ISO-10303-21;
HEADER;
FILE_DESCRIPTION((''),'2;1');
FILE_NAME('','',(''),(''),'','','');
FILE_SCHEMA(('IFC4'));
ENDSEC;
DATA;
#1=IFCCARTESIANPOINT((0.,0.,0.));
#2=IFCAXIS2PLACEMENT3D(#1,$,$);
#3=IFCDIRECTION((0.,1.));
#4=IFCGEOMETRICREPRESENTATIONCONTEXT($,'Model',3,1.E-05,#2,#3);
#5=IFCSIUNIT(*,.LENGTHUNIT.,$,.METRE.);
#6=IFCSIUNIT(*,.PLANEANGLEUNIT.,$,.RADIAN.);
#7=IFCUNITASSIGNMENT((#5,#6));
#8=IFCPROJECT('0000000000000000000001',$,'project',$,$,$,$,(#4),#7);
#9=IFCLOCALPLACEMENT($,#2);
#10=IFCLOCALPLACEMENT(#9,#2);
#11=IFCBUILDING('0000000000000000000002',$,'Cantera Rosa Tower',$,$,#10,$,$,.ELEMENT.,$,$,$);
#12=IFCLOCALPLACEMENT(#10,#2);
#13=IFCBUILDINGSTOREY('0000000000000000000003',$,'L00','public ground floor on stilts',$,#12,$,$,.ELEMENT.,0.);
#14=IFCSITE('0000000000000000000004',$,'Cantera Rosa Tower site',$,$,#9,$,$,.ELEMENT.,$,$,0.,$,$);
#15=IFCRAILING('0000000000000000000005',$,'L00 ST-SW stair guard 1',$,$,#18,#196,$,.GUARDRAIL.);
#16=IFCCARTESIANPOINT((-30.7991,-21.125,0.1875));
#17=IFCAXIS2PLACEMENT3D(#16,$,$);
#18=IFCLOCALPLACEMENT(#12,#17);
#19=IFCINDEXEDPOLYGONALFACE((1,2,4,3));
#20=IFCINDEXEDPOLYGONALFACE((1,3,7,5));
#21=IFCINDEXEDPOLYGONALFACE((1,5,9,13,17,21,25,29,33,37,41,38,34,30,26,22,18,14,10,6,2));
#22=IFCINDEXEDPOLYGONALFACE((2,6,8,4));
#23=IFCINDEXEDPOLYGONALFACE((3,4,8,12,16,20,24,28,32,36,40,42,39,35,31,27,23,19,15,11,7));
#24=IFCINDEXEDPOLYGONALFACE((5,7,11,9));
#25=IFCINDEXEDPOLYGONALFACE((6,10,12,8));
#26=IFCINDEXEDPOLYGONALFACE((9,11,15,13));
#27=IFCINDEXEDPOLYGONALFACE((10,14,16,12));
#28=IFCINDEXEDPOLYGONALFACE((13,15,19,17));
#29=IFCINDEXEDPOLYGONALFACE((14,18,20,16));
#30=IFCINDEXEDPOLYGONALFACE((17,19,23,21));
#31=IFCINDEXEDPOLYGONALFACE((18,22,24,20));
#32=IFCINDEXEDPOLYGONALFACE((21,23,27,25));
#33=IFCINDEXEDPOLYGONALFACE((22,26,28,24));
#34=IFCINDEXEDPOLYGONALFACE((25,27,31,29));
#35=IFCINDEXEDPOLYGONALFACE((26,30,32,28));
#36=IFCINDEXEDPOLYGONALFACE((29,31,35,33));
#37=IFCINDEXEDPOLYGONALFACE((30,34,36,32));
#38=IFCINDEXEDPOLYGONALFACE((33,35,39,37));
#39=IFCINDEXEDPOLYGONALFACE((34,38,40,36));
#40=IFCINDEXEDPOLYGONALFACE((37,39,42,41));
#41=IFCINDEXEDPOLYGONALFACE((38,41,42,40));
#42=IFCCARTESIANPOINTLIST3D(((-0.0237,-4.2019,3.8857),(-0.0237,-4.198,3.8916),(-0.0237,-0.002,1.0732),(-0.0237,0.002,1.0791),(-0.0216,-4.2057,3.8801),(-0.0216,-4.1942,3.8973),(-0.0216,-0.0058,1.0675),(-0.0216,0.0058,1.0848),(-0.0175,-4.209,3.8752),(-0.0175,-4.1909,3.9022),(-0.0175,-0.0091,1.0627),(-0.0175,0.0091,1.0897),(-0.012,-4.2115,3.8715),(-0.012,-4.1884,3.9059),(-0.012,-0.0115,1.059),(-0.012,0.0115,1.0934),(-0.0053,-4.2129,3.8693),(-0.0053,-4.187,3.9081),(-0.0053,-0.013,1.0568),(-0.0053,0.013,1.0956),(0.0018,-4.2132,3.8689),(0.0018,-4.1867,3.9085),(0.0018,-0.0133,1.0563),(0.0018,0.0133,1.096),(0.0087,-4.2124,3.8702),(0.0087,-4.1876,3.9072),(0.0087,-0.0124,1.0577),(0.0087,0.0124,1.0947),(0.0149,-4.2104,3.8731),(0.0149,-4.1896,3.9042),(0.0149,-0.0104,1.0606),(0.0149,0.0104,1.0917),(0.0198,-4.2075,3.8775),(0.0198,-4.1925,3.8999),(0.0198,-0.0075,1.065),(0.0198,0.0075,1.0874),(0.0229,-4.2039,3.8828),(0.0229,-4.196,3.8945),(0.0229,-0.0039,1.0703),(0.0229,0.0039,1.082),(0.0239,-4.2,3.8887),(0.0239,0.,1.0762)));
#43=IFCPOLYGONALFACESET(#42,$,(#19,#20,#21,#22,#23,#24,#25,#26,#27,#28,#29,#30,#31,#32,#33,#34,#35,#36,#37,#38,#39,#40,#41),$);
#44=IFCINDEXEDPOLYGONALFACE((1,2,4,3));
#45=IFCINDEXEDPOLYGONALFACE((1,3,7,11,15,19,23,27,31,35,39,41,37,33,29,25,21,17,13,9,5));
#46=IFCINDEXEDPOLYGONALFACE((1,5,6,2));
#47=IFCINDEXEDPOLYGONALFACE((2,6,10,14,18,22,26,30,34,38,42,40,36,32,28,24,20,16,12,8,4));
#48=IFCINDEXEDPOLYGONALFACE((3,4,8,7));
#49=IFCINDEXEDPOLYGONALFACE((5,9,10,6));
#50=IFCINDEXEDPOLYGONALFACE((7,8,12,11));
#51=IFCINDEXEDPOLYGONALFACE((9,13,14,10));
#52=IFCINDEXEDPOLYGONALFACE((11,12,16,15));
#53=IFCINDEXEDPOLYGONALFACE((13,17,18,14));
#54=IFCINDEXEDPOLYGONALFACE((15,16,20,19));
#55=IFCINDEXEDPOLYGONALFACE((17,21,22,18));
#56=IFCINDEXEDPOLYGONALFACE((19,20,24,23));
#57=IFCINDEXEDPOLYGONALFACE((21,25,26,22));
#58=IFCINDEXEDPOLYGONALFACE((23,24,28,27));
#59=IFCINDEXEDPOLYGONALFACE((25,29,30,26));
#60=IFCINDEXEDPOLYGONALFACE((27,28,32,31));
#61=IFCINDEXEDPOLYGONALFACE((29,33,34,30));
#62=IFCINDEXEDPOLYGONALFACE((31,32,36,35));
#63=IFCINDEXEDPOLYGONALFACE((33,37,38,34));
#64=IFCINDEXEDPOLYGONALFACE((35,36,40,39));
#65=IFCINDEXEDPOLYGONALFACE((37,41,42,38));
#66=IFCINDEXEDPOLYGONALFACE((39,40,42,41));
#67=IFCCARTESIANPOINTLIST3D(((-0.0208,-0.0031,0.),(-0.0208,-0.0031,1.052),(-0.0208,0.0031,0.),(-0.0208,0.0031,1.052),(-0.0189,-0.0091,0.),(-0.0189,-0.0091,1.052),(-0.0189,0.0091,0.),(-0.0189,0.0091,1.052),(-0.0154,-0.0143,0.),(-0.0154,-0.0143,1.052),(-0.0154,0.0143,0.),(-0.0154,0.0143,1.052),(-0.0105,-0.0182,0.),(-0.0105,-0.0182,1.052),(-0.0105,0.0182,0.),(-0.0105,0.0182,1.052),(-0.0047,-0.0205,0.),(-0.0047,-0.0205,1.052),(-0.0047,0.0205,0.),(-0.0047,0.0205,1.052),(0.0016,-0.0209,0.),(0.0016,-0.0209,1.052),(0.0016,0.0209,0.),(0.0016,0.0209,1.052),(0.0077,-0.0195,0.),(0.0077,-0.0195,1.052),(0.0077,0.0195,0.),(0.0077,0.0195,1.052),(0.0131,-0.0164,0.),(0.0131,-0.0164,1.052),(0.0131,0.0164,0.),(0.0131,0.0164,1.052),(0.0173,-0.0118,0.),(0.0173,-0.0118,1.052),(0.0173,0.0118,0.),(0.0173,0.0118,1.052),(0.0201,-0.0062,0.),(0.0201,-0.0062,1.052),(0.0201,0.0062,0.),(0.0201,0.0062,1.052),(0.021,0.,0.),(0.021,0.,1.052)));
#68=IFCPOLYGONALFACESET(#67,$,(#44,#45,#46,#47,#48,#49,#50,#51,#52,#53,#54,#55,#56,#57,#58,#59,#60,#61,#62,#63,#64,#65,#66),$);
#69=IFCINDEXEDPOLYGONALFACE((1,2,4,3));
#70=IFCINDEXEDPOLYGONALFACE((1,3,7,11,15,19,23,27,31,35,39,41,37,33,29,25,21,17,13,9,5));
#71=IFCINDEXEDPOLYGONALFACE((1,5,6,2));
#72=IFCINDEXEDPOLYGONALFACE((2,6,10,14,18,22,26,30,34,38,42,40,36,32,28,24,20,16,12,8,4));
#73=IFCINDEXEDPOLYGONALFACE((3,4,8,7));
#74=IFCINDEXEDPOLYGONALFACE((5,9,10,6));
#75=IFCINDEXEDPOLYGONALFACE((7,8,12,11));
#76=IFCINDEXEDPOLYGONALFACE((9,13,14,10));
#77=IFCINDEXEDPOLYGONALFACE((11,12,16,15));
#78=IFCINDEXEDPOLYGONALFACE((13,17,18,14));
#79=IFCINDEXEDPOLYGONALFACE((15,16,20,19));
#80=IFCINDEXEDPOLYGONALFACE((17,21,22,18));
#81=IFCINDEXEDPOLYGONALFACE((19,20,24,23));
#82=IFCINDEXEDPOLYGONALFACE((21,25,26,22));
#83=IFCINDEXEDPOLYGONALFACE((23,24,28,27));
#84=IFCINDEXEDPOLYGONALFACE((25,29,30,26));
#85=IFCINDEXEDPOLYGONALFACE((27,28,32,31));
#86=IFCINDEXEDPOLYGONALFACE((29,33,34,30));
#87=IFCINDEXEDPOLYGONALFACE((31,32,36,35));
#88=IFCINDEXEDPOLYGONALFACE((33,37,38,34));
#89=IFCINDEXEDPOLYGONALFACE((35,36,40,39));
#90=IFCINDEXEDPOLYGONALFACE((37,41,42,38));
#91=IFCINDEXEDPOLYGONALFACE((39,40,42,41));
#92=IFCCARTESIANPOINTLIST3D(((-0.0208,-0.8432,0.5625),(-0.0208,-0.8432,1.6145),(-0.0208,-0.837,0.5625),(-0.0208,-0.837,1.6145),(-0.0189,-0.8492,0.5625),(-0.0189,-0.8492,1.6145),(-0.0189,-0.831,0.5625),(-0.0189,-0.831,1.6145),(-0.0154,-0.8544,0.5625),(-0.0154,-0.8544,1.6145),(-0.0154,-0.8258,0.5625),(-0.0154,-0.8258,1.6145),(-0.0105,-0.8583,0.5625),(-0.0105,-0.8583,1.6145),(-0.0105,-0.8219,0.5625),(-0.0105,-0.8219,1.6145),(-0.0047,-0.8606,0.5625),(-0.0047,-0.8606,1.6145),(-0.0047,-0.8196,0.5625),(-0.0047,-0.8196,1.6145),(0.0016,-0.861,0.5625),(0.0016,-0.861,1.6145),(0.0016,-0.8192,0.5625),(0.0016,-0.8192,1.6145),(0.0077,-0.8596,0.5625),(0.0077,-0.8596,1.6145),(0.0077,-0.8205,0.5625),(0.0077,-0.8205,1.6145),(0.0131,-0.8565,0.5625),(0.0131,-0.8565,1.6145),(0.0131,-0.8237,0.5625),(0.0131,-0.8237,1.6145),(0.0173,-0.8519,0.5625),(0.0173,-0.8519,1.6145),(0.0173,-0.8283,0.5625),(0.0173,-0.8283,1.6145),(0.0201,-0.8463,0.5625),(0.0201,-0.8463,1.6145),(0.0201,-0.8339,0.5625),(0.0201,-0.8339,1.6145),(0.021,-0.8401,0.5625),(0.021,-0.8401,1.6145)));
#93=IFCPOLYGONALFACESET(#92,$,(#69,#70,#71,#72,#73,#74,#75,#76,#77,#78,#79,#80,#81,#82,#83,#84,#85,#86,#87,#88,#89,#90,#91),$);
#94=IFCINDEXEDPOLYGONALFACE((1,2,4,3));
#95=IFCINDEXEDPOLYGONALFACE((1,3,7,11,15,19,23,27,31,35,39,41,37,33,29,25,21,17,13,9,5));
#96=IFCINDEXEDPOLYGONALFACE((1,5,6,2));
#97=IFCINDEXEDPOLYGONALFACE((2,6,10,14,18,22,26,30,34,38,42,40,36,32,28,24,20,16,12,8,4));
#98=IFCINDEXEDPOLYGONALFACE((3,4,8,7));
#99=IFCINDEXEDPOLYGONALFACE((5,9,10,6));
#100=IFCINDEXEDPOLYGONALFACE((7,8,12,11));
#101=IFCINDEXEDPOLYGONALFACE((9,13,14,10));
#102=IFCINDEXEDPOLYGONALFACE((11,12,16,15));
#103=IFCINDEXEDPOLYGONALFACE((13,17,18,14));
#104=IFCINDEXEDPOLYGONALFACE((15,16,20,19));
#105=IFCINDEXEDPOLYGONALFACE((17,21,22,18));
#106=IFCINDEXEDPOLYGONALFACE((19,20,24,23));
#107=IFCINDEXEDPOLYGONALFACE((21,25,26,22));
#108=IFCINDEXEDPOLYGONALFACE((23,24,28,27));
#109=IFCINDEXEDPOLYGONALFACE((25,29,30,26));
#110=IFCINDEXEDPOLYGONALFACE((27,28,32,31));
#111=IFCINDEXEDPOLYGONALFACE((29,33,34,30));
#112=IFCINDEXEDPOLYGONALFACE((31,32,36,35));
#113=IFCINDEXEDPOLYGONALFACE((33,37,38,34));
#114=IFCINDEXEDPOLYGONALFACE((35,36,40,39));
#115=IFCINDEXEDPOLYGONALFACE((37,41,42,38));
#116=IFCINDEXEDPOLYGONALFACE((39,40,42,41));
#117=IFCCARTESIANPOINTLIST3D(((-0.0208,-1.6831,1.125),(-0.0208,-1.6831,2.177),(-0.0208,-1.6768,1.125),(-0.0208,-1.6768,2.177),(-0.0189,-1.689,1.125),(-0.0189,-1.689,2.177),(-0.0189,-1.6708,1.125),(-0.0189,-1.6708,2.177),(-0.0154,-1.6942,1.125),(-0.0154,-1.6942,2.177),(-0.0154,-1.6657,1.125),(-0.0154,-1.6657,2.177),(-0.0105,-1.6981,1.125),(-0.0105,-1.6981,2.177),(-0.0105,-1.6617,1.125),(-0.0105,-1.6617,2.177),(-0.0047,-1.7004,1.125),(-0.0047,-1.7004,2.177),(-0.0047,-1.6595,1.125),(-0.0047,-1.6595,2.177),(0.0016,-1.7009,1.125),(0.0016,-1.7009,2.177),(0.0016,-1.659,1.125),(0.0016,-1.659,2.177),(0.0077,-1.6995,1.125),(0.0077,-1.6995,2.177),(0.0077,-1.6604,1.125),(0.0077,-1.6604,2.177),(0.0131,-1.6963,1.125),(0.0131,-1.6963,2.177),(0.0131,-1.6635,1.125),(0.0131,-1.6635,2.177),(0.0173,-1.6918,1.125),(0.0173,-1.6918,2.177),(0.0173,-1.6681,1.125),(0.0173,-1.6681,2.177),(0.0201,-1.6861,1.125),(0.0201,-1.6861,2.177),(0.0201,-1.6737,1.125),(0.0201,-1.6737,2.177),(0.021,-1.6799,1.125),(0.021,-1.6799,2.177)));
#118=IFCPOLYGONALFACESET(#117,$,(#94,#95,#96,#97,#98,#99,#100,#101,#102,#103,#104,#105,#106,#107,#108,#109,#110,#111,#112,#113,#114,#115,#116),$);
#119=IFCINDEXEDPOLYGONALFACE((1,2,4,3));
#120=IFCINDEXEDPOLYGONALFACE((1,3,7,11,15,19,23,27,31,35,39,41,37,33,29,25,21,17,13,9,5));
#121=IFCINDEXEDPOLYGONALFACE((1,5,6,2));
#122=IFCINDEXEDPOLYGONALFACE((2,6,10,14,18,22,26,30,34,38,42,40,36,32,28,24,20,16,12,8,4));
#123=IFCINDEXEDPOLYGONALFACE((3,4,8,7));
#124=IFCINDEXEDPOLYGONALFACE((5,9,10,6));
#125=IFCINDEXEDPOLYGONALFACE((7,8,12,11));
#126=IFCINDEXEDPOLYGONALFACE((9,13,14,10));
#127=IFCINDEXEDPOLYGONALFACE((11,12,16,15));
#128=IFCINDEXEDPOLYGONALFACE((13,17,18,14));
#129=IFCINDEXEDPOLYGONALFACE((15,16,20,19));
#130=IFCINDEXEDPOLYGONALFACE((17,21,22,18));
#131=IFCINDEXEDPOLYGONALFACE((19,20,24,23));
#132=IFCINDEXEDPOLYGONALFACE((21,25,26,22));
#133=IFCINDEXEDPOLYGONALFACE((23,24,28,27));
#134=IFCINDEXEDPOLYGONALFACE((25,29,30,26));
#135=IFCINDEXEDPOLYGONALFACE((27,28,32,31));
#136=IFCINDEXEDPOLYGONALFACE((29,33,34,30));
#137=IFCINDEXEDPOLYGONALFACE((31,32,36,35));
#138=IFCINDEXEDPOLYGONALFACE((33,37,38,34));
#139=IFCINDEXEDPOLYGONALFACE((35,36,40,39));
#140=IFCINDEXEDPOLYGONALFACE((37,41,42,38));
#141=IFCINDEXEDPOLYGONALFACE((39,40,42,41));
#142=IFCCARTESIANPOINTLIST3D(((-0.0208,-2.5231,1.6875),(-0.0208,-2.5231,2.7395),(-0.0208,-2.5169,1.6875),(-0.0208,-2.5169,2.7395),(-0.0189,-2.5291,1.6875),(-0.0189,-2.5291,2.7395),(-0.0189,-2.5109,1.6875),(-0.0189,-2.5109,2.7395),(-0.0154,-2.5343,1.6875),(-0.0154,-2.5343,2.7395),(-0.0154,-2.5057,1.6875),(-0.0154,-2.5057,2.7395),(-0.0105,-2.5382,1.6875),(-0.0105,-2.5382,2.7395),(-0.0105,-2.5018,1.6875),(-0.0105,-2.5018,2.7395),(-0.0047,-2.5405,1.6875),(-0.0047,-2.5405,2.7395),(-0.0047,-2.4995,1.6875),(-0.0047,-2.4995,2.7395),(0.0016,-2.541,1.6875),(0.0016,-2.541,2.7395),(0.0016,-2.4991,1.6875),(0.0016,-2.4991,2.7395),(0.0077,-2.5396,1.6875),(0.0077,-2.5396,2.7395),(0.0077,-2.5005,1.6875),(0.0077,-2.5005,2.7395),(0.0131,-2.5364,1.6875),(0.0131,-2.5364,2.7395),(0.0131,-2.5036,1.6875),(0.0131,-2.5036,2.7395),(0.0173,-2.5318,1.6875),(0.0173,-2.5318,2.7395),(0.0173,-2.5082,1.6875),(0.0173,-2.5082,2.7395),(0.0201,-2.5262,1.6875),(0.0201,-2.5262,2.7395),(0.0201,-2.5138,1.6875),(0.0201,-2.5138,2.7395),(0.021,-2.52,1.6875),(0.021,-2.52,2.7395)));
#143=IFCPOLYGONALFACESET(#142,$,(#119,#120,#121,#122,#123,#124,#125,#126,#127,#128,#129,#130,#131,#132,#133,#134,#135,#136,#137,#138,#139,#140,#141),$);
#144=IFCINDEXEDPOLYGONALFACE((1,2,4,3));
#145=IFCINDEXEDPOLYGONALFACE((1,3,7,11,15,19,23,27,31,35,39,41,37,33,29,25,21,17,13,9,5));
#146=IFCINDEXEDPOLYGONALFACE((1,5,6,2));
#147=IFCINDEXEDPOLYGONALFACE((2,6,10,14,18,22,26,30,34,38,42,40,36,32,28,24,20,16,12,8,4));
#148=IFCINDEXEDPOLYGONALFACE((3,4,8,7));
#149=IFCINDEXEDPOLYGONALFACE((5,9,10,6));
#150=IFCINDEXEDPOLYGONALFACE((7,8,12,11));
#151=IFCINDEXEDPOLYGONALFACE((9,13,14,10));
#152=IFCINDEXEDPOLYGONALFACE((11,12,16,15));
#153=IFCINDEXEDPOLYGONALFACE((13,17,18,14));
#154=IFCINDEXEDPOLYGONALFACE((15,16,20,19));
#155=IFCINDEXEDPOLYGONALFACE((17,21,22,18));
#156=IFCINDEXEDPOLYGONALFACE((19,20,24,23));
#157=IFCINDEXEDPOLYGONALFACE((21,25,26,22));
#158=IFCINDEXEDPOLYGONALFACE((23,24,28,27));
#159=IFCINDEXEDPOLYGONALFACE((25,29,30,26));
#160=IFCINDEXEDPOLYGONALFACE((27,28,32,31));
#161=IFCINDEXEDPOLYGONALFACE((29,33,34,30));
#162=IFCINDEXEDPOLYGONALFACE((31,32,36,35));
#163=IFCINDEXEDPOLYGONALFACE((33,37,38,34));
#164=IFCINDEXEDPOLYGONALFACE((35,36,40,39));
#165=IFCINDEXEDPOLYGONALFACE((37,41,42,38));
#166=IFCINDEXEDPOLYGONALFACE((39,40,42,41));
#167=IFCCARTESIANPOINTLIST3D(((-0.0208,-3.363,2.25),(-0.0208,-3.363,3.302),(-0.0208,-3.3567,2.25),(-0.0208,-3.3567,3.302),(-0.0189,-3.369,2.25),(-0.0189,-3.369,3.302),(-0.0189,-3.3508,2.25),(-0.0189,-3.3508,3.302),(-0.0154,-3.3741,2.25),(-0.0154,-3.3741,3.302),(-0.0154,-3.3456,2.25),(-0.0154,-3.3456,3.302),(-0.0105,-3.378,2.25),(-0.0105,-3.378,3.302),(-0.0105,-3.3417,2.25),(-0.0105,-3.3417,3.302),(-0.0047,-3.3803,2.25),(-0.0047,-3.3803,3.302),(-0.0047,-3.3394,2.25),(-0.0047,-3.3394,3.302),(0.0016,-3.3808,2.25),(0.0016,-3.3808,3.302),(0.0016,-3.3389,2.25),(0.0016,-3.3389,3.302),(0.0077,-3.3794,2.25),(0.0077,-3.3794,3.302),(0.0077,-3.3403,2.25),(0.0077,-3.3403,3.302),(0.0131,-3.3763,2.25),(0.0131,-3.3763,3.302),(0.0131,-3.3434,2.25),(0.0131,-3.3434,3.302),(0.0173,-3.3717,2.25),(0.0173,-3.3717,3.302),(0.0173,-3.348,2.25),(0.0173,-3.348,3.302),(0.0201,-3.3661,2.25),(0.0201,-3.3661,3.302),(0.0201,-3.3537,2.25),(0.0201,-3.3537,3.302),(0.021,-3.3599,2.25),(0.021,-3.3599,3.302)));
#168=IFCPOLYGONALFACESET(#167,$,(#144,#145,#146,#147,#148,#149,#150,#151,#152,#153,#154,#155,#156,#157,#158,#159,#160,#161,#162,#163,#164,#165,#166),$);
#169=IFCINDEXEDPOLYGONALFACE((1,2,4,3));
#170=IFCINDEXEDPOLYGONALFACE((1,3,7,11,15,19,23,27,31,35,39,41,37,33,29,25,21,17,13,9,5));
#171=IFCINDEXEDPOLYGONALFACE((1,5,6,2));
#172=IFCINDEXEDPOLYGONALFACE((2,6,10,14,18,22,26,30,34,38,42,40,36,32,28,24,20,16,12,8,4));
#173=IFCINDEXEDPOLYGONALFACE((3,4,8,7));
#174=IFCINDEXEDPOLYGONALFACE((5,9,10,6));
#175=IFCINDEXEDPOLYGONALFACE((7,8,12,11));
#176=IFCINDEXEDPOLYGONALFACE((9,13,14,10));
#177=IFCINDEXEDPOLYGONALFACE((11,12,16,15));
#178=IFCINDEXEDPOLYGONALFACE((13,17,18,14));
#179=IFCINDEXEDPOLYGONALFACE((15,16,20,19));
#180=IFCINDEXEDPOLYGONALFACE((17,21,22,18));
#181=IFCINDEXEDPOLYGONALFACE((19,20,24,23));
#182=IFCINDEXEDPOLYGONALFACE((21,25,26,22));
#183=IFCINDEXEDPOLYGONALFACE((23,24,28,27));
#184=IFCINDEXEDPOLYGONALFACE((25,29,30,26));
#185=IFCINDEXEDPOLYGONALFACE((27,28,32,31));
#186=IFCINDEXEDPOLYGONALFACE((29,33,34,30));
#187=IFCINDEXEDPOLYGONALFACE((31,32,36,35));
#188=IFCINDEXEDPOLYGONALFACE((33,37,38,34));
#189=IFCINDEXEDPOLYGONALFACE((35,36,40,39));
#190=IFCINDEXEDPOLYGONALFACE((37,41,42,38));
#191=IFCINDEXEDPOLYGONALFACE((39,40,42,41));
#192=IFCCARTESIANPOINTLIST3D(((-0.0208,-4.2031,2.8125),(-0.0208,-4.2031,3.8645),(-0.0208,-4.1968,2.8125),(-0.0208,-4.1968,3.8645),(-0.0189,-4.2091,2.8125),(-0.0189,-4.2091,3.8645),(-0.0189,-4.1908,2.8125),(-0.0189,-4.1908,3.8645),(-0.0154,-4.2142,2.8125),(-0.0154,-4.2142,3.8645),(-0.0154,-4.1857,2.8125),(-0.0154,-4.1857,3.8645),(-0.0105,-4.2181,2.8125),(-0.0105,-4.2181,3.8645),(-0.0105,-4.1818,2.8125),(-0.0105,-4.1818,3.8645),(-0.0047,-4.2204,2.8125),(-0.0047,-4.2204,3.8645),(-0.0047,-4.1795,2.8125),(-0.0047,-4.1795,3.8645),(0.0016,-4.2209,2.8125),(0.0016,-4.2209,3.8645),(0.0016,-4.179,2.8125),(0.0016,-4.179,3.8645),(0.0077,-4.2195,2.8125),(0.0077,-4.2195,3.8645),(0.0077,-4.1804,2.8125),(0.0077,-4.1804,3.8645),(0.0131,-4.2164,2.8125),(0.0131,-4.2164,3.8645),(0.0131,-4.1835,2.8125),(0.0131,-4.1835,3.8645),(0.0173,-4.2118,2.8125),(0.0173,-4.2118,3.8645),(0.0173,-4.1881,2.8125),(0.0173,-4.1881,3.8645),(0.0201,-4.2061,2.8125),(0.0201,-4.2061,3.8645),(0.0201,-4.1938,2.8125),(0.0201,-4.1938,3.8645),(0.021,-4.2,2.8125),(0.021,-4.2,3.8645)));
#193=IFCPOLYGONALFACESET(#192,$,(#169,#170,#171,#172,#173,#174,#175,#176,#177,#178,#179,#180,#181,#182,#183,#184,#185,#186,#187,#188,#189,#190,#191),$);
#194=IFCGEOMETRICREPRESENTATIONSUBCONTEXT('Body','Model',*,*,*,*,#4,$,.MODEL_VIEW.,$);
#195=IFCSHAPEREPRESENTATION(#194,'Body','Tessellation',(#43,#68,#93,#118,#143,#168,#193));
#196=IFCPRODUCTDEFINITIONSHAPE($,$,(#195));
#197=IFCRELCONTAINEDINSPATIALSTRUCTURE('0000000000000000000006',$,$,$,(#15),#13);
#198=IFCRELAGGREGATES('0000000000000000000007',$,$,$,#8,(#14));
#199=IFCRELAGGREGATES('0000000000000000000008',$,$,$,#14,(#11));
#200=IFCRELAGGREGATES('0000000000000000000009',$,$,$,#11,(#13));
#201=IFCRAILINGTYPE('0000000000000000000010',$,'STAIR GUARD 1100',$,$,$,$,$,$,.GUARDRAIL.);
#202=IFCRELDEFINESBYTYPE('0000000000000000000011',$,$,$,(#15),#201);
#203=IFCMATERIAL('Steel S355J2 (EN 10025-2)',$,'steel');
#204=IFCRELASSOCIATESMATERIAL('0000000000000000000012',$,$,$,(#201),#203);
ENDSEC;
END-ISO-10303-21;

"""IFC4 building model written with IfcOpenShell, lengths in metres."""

from ifc_helpers import new_model, si_unit, direction, frame, origin, origin_2d, place, context, subcontext, project, spatial, circle, extrude, material, type_object, element, save


model = new_model("IFC4")

# Units and contexts
model_context = context("Model", 3, precision=1e-05, world=origin(), true_north=direction((0.0, 1.0)))
body_context = subcontext(model_context, "Body", "Model", "MODEL_VIEW")
ifc_project = project(units=[si_unit("LENGTHUNIT", "METRE"), si_unit("PLANEANGLEUNIT", "RADIAN")], contexts=[model_context])

# Site, building, storey
site_placement = place(None, origin())
site = spatial("IfcSite", under=ifc_project, at=site_placement, Name="Cantera Rosa Tower site", CompositionType="ELEMENT", RefElevation=0.0)
building_placement = place(site_placement, origin())
building = spatial("IfcBuilding", under=site, at=building_placement, Name="Cantera Rosa Tower", CompositionType="ELEMENT")
storey_placement = place(building_placement, origin())
storey = spatial("IfcBuildingStorey", under=building, at=storey_placement, Name="L00", Description="public ground floor on stilts", CompositionType="ELEMENT", Elevation=0.0)

# Railing
ifc_material_1 = material(Name="Steel S355J2 (EN 10025-2)", Category="steel")
railing_type_1 = type_object("IfcRailingType", Name="STAIR GUARD 1100", PredefinedType="GUARDRAIL", material=ifc_material_1)
railing_placement = place(storey_placement, frame((-30.7991, -21.125, 0.1875)))
element("IfcRailing", 1, at=railing_placement, inside=storey, type_object=railing_type_1, Name="L00 ST-SW stair guard 1", PredefinedType="GUARDRAIL", context=body_context, shape_type="SweptSolid", body=[
    extrude(circle(Radius=0.0239, at=origin_2d()), frame((0.0, 0.0, 1.0762), z_axis=(0.0, -0.830904, 0.556416), x_axis=(1.0, 0.0, 0.0)), (0.0, 0.0, 1.0), 5.0547),
    extrude(circle(Radius=0.021, at=origin_2d()), origin(), (0.0, 0.0, 1.0), 1.052),
    extrude(circle(Radius=0.021, at=origin_2d()), frame((0.0, -0.8401, 0.5625)), (0.0, 0.0, 1.0), 1.052),
    extrude(circle(Radius=0.021, at=origin_2d()), frame((0.0, -1.6799, 1.125)), (0.0, 0.0, 1.0), 1.052),
    extrude(circle(Radius=0.021, at=origin_2d()), frame((0.0, -2.52, 1.6875)), (0.0, 0.0, 1.0), 1.052),
    extrude(circle(Radius=0.021, at=origin_2d()), frame((0.0, -3.3599, 2.25)), (0.0, 0.0, 1.0), 1.052),
    extrude(circle(Radius=0.021, at=origin_2d()), frame((0.0, -4.2, 2.8125)), (0.0, 0.0, 1.0), 1.052),
])

save(model, "model.ifc")
